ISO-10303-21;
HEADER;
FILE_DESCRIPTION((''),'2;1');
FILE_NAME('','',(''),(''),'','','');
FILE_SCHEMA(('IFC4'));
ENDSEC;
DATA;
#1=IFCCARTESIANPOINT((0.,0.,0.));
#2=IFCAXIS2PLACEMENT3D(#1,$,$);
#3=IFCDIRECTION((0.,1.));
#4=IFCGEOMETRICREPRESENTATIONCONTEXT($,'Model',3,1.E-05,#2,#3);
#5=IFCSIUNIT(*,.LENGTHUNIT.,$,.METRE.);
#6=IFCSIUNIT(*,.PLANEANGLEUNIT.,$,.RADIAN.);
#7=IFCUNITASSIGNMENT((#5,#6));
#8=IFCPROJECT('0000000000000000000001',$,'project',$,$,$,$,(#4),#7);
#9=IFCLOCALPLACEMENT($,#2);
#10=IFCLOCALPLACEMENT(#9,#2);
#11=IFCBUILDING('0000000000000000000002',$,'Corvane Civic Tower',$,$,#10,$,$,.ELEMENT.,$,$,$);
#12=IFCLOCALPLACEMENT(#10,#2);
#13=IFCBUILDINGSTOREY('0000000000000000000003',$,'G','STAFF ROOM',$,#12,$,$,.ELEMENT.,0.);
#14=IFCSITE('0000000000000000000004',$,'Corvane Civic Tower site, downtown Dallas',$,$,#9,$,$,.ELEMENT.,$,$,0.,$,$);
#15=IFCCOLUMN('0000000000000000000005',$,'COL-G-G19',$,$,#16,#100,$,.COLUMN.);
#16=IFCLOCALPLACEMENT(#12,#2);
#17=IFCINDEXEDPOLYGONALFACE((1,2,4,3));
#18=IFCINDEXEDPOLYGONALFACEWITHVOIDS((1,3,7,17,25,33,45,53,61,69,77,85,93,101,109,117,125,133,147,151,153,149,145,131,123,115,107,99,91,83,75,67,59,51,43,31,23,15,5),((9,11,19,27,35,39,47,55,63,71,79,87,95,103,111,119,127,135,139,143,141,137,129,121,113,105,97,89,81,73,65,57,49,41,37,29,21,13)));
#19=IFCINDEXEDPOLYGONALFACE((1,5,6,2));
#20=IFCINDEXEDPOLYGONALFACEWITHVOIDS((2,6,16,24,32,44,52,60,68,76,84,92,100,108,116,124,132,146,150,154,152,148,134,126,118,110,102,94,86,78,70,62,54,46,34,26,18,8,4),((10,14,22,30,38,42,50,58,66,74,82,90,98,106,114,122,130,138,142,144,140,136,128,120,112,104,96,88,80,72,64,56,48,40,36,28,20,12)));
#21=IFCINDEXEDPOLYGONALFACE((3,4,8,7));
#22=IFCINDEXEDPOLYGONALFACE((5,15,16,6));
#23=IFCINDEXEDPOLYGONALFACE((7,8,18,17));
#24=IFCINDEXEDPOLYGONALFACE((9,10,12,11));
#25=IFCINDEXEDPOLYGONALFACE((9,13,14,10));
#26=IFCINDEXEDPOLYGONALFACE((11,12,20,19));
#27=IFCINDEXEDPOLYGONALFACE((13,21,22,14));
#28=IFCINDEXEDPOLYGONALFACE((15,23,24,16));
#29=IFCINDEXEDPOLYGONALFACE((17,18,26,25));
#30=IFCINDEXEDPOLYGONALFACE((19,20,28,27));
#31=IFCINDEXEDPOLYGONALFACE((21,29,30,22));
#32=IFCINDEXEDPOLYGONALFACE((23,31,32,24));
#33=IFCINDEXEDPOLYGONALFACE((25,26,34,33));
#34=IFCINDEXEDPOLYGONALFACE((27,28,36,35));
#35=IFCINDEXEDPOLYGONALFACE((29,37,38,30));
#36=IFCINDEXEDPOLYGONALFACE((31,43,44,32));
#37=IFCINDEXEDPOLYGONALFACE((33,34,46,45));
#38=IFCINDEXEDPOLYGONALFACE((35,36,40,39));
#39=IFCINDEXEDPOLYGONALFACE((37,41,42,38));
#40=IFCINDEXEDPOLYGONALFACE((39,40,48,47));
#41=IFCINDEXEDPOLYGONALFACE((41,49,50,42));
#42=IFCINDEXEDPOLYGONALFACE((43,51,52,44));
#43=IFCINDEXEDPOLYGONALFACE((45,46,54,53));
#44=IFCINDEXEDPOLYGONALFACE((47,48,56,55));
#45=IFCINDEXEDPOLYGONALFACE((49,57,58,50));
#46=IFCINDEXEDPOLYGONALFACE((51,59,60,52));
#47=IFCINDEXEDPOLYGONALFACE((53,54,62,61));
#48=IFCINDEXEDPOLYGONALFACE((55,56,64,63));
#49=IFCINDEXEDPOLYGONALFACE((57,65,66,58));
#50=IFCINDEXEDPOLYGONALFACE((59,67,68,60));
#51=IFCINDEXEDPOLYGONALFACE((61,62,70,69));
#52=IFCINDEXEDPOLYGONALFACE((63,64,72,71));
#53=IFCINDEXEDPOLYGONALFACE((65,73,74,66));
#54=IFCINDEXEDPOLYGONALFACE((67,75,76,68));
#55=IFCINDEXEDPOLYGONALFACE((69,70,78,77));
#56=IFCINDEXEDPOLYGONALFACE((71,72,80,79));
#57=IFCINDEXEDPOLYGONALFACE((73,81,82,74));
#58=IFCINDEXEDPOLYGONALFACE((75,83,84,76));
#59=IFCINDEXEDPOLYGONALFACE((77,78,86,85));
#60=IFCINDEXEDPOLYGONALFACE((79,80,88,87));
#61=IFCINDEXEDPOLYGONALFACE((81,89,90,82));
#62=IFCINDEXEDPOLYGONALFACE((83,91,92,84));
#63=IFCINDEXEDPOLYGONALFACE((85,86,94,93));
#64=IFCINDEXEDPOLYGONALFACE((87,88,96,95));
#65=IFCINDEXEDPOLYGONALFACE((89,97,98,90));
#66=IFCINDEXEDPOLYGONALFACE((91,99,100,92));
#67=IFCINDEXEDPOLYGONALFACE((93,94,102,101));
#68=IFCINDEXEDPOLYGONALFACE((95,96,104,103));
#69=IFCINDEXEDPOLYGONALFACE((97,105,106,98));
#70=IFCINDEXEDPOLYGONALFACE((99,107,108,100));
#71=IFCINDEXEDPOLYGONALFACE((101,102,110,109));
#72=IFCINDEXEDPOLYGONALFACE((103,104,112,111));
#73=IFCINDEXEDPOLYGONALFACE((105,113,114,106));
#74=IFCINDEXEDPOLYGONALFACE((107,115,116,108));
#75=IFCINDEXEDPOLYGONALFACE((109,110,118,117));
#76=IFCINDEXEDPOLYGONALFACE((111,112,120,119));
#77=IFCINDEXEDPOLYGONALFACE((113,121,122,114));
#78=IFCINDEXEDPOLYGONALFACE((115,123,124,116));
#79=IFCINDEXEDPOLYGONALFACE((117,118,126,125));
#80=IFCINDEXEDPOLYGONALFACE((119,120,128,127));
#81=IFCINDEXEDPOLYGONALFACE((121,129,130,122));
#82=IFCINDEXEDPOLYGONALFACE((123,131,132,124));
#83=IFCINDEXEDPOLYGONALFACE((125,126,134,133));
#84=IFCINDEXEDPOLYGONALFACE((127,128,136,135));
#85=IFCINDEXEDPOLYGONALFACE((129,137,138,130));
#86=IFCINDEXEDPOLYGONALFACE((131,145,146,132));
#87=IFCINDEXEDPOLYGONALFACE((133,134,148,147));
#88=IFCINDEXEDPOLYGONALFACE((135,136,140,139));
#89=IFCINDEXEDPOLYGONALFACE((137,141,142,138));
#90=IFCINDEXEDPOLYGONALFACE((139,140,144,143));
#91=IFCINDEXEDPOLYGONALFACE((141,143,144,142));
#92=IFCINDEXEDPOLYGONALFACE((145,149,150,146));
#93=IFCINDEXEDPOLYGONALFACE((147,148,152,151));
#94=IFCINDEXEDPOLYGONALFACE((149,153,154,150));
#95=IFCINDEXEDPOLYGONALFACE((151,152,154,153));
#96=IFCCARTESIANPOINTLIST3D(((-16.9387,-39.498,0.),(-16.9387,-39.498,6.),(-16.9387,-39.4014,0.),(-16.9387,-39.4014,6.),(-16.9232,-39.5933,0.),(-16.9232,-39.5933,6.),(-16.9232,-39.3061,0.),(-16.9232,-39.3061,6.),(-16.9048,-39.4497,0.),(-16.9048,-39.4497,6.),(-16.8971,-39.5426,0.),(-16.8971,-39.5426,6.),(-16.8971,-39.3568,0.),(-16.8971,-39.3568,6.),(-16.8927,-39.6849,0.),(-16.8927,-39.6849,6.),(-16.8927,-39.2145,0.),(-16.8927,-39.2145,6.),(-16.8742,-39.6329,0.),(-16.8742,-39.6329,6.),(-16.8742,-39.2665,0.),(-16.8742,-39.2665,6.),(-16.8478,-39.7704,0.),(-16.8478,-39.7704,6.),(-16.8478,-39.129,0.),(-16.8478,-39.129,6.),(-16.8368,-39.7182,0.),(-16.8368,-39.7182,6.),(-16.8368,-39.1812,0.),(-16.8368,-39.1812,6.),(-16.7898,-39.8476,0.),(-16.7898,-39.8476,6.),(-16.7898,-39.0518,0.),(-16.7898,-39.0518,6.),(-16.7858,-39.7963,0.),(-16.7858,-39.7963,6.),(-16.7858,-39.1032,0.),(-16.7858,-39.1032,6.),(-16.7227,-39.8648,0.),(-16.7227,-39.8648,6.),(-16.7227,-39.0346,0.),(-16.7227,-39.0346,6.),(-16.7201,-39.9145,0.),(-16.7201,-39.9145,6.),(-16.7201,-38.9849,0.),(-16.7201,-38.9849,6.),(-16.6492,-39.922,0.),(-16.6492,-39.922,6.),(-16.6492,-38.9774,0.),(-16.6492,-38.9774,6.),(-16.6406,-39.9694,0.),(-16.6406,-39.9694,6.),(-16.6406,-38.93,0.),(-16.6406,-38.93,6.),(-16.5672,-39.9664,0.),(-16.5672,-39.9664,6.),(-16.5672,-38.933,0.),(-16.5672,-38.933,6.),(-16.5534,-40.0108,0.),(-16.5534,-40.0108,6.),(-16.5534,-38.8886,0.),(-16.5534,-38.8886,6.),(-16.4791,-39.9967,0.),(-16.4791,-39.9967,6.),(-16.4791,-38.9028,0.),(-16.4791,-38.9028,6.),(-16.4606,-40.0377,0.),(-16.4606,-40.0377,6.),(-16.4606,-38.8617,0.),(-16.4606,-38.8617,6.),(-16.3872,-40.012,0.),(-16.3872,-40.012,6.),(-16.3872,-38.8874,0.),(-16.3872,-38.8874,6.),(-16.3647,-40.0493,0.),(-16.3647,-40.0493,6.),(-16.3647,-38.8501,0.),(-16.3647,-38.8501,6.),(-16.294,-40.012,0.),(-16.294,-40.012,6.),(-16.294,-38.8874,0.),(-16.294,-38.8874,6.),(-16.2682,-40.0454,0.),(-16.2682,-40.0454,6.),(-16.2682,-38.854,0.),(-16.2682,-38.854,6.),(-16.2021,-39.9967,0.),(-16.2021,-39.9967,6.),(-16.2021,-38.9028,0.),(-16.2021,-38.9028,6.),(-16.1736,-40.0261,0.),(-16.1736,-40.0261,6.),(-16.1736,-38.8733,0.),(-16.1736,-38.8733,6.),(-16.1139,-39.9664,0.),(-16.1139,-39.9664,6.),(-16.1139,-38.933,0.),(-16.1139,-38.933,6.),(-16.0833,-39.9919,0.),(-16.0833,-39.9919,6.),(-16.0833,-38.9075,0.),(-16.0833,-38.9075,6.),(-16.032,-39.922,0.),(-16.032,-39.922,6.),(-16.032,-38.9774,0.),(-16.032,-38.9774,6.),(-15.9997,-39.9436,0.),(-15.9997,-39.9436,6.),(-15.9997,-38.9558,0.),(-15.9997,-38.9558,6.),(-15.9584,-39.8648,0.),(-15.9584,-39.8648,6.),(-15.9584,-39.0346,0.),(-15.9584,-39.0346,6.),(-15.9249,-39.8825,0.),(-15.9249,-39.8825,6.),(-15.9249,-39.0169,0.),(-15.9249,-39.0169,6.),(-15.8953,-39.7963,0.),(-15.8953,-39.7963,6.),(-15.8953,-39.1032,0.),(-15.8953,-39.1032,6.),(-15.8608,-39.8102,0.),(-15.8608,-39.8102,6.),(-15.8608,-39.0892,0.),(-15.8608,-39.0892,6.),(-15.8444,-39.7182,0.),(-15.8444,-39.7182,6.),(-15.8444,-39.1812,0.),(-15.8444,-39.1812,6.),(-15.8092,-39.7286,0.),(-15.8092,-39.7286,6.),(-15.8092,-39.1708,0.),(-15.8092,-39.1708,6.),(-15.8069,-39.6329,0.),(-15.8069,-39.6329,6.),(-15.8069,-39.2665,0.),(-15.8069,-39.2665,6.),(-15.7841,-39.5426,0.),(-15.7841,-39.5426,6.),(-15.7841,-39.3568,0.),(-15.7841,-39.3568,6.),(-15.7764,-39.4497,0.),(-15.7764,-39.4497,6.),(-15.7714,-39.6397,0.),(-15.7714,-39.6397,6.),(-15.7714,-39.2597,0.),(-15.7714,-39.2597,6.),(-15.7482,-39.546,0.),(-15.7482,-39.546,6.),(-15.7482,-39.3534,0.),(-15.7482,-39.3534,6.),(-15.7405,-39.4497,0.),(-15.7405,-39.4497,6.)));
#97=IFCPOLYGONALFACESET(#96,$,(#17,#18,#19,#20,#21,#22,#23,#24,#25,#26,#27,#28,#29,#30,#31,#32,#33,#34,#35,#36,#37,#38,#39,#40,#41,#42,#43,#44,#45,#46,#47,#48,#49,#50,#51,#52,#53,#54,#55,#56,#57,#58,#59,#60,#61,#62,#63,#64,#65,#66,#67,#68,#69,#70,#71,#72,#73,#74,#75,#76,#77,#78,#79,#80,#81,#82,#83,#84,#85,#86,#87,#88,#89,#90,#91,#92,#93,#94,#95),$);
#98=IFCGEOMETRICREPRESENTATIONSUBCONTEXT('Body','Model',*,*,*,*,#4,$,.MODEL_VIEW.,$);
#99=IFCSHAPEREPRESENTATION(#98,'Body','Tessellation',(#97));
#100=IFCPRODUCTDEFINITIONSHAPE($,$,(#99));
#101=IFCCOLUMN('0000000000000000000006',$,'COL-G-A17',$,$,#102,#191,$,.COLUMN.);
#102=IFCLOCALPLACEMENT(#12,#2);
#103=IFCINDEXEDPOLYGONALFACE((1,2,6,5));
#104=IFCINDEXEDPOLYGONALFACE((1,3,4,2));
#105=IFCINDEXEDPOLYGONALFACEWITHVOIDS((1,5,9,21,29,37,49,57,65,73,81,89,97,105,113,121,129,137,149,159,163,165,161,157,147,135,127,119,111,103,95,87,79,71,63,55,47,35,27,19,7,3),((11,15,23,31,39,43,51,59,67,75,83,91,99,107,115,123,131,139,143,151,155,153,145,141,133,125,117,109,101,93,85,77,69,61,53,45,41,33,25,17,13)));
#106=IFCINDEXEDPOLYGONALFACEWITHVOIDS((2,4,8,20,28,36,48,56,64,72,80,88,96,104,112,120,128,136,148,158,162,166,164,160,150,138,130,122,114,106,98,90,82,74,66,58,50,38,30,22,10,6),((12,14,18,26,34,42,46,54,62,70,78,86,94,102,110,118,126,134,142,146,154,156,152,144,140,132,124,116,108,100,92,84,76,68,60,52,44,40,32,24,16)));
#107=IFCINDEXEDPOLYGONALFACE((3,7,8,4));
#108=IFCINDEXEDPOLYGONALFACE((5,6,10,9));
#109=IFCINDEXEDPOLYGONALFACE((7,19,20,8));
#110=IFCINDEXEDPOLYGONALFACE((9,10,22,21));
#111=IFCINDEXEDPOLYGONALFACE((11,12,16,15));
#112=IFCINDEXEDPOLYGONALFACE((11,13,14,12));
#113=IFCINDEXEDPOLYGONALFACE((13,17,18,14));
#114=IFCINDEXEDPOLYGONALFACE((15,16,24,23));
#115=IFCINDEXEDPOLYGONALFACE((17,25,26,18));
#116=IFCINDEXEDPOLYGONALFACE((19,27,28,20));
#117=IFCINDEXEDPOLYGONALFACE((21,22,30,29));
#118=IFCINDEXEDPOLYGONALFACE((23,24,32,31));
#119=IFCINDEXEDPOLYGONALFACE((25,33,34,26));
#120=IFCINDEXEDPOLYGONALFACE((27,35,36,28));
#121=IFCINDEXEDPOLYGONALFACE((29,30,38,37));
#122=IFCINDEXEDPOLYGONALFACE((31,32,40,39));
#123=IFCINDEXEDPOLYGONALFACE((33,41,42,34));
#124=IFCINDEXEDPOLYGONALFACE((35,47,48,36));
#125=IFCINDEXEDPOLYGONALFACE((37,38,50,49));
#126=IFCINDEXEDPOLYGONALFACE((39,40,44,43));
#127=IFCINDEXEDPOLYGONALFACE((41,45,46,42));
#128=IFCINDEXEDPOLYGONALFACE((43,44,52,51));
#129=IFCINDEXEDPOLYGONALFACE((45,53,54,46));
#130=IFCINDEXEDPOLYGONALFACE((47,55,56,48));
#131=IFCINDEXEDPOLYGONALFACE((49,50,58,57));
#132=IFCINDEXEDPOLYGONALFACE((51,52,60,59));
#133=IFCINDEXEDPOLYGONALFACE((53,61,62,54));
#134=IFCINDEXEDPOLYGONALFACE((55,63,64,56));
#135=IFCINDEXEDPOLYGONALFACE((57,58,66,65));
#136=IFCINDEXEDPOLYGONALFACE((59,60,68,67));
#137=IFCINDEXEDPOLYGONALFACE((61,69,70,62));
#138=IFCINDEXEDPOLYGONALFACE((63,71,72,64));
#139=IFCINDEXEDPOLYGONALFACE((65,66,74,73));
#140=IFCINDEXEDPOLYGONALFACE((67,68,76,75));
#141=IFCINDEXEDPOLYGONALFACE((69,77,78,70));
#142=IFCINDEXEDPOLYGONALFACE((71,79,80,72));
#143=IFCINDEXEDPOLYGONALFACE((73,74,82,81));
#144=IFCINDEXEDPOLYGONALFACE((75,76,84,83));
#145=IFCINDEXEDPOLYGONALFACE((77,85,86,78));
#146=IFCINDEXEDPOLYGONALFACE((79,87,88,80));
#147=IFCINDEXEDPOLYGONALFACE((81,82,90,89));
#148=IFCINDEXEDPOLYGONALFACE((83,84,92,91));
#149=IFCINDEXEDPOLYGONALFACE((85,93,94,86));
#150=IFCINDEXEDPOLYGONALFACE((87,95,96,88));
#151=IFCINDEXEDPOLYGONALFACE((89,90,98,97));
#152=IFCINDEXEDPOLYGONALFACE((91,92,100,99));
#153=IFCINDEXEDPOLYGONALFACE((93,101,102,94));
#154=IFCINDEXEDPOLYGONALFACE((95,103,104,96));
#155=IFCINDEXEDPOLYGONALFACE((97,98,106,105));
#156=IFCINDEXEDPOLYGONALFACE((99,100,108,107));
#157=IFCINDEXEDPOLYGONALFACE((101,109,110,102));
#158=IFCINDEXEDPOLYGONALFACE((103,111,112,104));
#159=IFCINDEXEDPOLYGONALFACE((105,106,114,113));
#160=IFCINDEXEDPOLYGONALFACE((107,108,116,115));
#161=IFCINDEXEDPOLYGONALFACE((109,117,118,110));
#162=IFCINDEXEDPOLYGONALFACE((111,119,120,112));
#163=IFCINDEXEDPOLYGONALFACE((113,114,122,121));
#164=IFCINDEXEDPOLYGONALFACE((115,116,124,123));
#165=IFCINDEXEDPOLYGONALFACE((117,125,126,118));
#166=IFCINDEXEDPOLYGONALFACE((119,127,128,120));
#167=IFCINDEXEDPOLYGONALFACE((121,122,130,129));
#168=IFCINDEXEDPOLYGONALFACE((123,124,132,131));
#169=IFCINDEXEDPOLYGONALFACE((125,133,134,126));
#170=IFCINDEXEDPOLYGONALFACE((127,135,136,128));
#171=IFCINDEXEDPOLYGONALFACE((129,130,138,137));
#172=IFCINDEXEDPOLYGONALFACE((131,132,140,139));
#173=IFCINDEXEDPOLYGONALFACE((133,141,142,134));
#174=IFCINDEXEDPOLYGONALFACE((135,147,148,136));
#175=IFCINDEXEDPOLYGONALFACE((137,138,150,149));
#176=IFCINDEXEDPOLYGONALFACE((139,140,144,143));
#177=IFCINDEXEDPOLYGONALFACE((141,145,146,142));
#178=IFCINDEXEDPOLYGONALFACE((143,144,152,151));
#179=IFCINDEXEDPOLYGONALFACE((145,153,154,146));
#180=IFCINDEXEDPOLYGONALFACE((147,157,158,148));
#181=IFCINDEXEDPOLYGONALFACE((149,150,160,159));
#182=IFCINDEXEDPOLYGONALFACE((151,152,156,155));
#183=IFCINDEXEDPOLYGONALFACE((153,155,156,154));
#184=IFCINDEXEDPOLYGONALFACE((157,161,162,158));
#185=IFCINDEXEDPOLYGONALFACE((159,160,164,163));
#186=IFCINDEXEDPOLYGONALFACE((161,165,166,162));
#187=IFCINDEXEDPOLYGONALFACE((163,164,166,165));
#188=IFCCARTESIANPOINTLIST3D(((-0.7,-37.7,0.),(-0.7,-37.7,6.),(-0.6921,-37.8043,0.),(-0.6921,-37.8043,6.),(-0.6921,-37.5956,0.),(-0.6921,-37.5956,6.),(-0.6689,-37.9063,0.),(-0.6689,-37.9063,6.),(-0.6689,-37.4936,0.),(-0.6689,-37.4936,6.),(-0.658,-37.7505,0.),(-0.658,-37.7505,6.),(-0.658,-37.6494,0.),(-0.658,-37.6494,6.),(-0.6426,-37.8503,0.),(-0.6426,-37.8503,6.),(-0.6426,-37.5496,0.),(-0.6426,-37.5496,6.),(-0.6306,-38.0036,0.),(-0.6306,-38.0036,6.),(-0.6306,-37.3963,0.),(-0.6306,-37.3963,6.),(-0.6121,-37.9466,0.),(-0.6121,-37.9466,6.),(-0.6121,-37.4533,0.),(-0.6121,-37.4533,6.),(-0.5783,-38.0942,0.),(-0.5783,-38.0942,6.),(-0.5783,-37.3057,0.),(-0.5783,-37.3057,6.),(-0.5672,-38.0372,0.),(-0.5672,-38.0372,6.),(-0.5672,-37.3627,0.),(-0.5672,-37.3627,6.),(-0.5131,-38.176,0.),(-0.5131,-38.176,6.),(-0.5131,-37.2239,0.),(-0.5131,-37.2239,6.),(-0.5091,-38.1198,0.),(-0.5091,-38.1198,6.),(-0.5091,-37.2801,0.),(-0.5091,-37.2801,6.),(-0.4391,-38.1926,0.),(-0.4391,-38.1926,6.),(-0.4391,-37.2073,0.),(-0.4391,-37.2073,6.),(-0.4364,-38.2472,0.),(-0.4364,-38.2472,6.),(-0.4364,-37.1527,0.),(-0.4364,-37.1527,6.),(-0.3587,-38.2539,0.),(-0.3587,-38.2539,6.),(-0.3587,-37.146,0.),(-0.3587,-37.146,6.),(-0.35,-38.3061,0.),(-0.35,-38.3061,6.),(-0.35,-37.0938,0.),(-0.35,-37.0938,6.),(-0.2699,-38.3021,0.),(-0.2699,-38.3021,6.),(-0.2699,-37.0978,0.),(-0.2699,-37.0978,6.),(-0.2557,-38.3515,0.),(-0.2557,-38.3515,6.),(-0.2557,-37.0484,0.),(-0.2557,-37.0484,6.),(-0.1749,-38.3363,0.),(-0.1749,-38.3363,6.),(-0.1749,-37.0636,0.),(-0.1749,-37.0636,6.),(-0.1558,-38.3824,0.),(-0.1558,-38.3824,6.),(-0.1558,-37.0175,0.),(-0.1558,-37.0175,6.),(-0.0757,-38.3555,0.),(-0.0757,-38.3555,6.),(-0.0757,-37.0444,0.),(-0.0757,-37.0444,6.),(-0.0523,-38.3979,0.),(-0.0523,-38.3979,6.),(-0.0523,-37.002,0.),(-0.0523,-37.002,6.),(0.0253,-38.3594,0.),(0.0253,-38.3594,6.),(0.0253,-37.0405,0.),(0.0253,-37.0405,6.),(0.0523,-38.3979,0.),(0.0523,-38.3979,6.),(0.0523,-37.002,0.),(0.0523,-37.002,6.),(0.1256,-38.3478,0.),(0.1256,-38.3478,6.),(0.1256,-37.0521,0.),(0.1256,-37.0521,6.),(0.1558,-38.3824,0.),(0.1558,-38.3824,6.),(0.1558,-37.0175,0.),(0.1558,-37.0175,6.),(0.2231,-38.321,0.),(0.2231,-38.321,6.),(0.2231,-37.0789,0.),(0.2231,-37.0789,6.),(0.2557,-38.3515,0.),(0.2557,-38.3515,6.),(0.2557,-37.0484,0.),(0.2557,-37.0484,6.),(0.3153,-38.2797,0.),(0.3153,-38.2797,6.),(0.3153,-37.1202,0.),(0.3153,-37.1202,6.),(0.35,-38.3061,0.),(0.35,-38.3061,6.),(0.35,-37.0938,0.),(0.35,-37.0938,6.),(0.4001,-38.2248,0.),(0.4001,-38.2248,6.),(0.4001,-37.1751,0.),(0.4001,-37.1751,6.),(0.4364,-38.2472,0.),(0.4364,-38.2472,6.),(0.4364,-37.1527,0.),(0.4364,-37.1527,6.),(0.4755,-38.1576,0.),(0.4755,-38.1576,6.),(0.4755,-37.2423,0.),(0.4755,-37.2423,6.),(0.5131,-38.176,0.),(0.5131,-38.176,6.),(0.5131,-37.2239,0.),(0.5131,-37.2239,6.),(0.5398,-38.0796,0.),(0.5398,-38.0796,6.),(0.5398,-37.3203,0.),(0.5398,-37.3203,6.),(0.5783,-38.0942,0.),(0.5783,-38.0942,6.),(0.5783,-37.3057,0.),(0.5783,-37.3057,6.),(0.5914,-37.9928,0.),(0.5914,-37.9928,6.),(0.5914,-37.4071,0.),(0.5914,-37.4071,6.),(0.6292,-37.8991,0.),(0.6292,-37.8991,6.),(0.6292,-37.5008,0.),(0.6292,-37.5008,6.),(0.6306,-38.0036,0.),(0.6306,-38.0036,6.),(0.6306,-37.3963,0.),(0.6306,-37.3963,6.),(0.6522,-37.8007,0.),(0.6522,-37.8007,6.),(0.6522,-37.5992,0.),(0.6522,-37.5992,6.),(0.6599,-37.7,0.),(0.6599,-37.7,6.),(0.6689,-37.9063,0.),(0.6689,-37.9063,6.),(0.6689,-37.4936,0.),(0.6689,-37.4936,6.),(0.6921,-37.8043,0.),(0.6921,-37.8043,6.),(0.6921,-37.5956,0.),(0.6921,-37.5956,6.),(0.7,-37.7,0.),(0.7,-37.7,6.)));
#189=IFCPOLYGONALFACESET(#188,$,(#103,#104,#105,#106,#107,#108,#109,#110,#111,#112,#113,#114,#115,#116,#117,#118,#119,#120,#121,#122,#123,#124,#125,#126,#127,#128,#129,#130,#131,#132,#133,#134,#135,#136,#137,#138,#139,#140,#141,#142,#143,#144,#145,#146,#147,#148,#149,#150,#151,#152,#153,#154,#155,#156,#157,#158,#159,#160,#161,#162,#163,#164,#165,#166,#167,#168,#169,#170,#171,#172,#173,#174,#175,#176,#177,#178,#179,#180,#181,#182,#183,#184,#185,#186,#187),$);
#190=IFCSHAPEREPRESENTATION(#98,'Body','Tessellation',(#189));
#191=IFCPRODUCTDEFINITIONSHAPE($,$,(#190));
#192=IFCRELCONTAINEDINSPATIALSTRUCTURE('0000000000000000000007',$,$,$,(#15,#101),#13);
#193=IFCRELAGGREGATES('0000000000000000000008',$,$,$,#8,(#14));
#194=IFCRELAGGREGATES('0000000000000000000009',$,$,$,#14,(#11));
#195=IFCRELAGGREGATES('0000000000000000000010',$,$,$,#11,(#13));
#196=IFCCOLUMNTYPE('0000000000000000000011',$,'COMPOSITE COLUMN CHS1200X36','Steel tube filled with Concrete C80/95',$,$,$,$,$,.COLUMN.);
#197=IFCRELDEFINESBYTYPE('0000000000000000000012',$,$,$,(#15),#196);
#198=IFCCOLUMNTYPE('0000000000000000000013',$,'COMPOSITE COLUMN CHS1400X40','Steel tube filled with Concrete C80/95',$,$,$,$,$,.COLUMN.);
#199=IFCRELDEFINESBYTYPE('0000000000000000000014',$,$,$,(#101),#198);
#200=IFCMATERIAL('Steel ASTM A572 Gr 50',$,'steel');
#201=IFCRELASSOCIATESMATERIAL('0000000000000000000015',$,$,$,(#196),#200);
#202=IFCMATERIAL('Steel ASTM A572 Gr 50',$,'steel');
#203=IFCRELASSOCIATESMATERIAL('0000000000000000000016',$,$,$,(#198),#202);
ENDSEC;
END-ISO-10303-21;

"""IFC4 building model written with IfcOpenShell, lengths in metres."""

from ifc_helpers import new_model, si_unit, direction, frame, origin, origin_2d, place, context, subcontext, project, spatial, hollow_circle, extrude, material, material_profile, profile_set, type_object, element, save


model = new_model("IFC4")

# Units and contexts
model_context = context("Model", 3, precision=1e-05, world=origin(), true_north=direction((0.0, 1.0)))
body_context = subcontext(model_context, "Body", "Model", "MODEL_VIEW")
ifc_project = project(units=[si_unit("LENGTHUNIT", "METRE"), si_unit("PLANEANGLEUNIT", "RADIAN")], contexts=[model_context])

# Site, building, storey
site_placement = place(None, origin())
site = spatial("IfcSite", under=ifc_project, at=site_placement, Name="Corvane Civic Tower site, downtown Dallas", CompositionType="ELEMENT", RefElevation=0.0)
building_placement = place(site_placement, origin())
building = spatial("IfcBuilding", under=site, at=building_placement, Name="Corvane Civic Tower", CompositionType="ELEMENT")
storey_placement = place(building_placement, origin())
storey = spatial("IfcBuildingStorey", under=building, at=storey_placement, Name="G", Description="STAFF ROOM", CompositionType="ELEMENT", Elevation=0.0)

# Columns
ifc_material_1 = material(Name="Steel ASTM A572 Gr 50", Category="steel")
ifc_material_profile_1 = material_profile(ifc_material_1, hollow_circle(Radius=0.6001, WallThickness=0.0359, at=origin_2d()), Name="CHS1200X36")
ifc_profile_set_1 = profile_set([ifc_material_profile_1], Name="Steel ASTM A572 Gr 50")
column_type_1 = type_object("IfcColumnType", Name="COMPOSITE COLUMN CHS1200X36", Description="Steel tube filled with Concrete C80/95", PredefinedType="COLUMN", material=ifc_profile_set_1)
for number, where, z_axis, x_axis, name in (
    (1, (-16.3406, -39.4497, 0.0), (0.0, 0.0, 1.0), (1.0, 0.0, 0.0), "COL-G-G19"),
):
    element("IfcColumn", number, at=place(storey_placement, frame(where, z_axis=z_axis, x_axis=x_axis)), inside=storey, type_object=column_type_1, Name=name, PredefinedType="COLUMN", context=body_context, shape_type="SweptSolid", body=[
        extrude(hollow_circle(Radius=0.6001, WallThickness=0.0359, at=origin_2d()), origin(), (0.0, 0.0, 1.0), 6.0),
    ])
ifc_material_2 = material(Name="Steel ASTM A572 Gr 50", Category="steel")
ifc_material_profile_2 = material_profile(ifc_material_2, hollow_circle(Radius=0.7, WallThickness=0.04, at=origin_2d()), Name="CHS1400X40")
ifc_profile_set_2 = profile_set([ifc_material_profile_2], Name="Steel ASTM A572 Gr 50")
column_type_2 = type_object("IfcColumnType", Name="COMPOSITE COLUMN CHS1400X40", Description="Steel tube filled with Concrete C80/95", PredefinedType="COLUMN", material=ifc_profile_set_2)
for number, where, z_axis, x_axis, name in (
    (2, (0.0, -37.7, 0.0), (0.0, 0.0, 1.0), (1.0, 0.0, 0.0), "COL-G-A17"),
):
    element("IfcColumn", number, at=place(storey_placement, frame(where, z_axis=z_axis, x_axis=x_axis)), inside=storey, type_object=column_type_2, Name=name, PredefinedType="COLUMN", context=body_context, shape_type="SweptSolid", body=[
        extrude(hollow_circle(Radius=0.7, WallThickness=0.04, at=origin_2d()), origin(), (0.0, 0.0, 1.0), 6.0),
    ])

save(model, "model.ifc")
